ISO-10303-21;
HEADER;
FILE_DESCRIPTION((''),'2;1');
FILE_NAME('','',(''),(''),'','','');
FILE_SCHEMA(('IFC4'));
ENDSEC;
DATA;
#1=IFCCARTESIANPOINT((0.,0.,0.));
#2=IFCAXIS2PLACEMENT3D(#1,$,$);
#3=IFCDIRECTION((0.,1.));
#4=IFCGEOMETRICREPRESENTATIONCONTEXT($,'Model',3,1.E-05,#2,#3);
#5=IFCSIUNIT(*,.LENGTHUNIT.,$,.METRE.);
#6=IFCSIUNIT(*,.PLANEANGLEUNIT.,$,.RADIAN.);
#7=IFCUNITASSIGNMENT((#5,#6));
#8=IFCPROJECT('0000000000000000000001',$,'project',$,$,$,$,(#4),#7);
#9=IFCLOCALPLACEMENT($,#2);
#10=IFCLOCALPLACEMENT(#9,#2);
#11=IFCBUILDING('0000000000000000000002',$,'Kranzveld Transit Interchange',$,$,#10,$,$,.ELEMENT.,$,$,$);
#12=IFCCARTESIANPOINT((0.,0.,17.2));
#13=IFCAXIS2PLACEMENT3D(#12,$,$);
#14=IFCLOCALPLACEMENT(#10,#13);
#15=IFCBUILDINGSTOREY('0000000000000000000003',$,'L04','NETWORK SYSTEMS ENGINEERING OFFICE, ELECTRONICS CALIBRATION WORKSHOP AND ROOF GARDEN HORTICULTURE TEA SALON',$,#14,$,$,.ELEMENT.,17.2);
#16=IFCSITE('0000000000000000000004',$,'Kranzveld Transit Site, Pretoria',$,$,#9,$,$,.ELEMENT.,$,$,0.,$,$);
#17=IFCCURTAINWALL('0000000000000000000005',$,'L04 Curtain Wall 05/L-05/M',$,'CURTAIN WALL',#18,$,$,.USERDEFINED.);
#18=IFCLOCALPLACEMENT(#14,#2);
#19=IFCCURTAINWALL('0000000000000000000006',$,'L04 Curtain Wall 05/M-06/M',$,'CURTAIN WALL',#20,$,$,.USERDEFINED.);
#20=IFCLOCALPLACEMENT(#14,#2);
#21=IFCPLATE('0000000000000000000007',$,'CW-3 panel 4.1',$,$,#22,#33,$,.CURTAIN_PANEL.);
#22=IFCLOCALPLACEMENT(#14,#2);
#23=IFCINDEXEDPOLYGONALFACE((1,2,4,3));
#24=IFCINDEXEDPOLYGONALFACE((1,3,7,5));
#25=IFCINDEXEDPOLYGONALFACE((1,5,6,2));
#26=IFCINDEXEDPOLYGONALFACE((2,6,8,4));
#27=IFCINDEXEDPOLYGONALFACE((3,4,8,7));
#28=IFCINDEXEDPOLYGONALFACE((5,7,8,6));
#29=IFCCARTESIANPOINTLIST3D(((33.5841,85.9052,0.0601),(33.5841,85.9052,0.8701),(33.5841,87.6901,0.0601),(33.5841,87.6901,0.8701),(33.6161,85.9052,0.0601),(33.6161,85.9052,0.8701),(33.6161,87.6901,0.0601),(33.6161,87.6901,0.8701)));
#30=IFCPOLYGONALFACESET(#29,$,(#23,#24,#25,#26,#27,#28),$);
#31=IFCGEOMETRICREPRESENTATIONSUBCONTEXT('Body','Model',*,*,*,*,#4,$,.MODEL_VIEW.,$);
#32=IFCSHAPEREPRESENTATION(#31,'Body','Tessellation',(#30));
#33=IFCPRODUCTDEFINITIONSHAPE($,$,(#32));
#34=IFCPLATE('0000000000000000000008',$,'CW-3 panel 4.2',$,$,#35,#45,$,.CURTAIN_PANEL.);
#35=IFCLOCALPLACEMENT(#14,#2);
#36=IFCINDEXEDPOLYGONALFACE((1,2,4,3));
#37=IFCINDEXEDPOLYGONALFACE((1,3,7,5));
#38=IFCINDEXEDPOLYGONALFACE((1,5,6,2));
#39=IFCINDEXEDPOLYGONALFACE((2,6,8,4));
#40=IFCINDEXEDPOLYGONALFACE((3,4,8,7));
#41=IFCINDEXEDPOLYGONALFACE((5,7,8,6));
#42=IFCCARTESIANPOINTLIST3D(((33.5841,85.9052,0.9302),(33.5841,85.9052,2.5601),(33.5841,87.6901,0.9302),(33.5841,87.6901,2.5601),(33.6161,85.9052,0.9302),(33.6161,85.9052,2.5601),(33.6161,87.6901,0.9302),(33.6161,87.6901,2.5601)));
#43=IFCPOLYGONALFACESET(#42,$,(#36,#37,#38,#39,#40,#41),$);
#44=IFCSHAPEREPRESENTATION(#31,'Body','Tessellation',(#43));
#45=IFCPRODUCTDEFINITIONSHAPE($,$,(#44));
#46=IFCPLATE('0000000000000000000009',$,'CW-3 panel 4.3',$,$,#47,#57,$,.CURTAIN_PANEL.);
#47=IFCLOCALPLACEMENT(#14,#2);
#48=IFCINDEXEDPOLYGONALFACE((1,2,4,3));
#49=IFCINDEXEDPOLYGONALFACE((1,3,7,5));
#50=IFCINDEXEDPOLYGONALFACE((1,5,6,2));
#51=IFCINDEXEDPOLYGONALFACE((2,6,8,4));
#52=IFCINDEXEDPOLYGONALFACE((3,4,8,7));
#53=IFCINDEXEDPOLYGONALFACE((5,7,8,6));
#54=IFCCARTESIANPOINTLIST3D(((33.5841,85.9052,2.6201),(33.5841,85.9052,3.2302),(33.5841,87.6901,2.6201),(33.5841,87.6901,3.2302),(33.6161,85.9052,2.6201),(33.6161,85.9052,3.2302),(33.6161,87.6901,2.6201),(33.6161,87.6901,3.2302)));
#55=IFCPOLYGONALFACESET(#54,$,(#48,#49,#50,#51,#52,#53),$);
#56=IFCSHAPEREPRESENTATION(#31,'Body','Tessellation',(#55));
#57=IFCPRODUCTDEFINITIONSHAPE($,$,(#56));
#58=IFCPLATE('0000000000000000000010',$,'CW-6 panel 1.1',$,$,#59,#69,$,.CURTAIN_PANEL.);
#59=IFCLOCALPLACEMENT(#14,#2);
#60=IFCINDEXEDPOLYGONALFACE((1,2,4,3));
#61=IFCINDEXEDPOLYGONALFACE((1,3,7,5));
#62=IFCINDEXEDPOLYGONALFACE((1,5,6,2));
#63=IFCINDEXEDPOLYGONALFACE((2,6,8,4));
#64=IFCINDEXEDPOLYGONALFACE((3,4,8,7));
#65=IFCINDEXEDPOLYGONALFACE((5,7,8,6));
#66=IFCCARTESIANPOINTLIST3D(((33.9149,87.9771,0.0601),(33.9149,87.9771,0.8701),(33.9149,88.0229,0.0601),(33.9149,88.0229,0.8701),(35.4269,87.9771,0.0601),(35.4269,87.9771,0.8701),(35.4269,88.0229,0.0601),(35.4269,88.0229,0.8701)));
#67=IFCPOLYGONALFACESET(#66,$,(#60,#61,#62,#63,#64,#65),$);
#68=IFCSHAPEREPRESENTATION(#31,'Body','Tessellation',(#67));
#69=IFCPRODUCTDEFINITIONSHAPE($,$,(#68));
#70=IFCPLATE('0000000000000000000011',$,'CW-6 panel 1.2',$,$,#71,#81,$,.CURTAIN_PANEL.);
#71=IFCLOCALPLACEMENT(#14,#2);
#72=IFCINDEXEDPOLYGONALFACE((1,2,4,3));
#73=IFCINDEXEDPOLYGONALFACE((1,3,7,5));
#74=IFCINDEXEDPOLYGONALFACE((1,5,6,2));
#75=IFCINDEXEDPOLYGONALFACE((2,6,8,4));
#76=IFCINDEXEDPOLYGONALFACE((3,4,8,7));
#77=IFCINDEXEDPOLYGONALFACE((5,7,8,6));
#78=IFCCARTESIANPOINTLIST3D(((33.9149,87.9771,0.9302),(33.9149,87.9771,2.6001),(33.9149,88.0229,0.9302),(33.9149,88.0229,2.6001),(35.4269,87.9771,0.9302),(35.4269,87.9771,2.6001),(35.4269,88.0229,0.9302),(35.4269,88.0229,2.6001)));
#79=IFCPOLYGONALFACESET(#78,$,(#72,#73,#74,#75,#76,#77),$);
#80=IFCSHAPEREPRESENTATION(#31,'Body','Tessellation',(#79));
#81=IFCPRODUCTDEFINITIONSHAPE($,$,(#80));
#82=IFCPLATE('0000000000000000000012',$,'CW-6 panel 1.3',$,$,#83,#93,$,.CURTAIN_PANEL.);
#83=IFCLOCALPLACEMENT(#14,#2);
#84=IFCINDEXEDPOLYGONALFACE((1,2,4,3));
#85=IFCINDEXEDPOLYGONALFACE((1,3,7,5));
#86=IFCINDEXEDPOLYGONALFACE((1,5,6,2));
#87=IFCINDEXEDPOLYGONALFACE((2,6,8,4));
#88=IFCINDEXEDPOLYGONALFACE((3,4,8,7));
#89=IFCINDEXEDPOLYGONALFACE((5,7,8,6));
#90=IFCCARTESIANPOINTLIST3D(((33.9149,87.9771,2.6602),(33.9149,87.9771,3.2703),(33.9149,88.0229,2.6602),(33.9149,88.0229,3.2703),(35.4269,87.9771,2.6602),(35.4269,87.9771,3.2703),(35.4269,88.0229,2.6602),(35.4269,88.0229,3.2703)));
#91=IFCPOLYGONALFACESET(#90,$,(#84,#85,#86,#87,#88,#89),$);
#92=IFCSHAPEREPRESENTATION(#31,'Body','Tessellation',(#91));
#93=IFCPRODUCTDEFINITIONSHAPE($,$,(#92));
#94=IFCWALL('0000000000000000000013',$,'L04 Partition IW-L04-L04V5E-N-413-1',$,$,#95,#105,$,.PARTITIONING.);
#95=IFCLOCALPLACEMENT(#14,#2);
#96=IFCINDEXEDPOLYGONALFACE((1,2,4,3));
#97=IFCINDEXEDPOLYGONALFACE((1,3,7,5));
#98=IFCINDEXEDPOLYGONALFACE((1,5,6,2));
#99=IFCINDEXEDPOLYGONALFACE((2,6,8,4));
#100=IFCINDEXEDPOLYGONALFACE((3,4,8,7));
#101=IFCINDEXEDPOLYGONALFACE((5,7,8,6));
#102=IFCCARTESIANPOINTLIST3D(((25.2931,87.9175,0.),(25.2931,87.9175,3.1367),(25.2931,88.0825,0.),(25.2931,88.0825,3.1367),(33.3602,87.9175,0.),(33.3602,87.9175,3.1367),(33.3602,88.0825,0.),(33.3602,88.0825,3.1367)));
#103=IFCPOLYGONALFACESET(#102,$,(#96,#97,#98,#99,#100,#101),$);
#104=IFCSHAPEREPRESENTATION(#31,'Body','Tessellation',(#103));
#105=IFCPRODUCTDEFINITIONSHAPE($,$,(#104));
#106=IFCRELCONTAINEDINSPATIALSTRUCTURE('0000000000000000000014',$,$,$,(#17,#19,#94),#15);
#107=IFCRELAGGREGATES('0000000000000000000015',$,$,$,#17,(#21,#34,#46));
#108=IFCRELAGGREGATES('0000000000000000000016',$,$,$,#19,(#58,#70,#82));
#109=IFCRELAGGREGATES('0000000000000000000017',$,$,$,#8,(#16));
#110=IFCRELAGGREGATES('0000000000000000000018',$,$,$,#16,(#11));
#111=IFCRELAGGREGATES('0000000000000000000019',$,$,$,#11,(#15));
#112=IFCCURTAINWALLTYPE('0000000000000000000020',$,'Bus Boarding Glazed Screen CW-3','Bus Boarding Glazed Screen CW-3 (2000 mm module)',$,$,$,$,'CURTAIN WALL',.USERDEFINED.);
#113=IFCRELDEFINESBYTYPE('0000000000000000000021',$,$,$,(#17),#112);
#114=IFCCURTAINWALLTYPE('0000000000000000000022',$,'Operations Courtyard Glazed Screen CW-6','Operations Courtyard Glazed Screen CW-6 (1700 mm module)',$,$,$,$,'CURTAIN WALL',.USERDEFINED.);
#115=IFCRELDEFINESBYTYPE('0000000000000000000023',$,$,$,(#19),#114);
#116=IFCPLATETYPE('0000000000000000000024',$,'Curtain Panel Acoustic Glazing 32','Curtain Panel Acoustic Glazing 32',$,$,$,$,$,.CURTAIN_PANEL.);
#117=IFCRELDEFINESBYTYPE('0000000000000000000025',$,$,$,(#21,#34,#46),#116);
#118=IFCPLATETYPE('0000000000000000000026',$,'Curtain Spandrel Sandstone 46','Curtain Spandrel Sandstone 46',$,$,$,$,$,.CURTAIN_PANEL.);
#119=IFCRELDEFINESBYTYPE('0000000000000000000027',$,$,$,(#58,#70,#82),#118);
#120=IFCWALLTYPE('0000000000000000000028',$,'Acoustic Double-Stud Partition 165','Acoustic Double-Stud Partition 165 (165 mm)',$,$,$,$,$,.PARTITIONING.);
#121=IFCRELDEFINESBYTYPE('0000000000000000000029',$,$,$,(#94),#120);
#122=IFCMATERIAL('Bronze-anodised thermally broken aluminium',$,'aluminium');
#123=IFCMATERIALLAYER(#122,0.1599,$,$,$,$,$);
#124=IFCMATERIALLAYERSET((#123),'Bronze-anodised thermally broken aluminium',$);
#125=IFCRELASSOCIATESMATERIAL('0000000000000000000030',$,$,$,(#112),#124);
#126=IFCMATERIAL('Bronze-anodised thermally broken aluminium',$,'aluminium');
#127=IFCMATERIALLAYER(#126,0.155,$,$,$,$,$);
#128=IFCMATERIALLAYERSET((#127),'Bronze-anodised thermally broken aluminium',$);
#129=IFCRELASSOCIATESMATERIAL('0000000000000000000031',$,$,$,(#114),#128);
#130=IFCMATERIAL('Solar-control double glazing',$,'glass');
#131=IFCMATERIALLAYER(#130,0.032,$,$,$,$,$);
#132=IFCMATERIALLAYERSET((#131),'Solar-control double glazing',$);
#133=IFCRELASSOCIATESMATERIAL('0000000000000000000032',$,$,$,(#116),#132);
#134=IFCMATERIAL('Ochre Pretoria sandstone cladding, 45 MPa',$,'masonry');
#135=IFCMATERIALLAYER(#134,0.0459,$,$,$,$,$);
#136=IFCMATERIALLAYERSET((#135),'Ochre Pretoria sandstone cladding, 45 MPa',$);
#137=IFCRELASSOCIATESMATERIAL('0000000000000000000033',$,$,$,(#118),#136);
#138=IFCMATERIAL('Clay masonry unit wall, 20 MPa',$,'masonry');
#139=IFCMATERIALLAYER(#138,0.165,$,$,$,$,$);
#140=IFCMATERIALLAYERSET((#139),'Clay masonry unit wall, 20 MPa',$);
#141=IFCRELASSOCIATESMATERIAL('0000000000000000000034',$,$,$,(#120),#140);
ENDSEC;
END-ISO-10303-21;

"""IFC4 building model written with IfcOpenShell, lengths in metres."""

from ifc_helpers import new_model, si_unit, direction, frame, frame_2d, origin, origin_2d, place, context, subcontext, project, spatial, rectangle, extrude, material, layer, layer_set, type_object, element, aggregate, save


model = new_model("IFC4")

# Units and contexts
model_context = context("Model", 3, precision=1e-05, world=origin(), true_north=direction((0.0, 1.0)))
body_context = subcontext(model_context, "Body", "Model", "MODEL_VIEW")
ifc_project = project(units=[si_unit("LENGTHUNIT", "METRE"), si_unit("PLANEANGLEUNIT", "RADIAN")], contexts=[model_context])

# Site, building, storey
site_placement = place(None, origin())
site = spatial("IfcSite", under=ifc_project, at=site_placement, Name="Kranzveld Transit Site, Pretoria", CompositionType="ELEMENT", RefElevation=0.0)
building_placement = place(site_placement, origin())
building = spatial("IfcBuilding", under=site, at=building_placement, Name="Kranzveld Transit Interchange", CompositionType="ELEMENT")
storey_placement = place(building_placement, frame((0.0, 0.0, 17.2)))
storey = spatial("IfcBuildingStorey", under=building, at=storey_placement, Name="L04", Description="NETWORK SYSTEMS ENGINEERING OFFICE, ELECTRONICS CALIBRATION WORKSHOP AND ROOF GARDEN HORTICULTURE TEA SALON", CompositionType="ELEMENT", Elevation=17.2)

# Curtain wall
ifc_material_1 = material(Name="Bronze-anodised thermally broken aluminium", Category="aluminium")
ifc_layer_1 = layer(ifc_material_1, 0.1599)
ifc_layer_set_1 = layer_set([ifc_layer_1], Name="Bronze-anodised thermally broken aluminium")
curtain_wall_type_1 = type_object("IfcCurtainWallType", Name="Bus Boarding Glazed Screen CW-3", Description="Bus Boarding Glazed Screen CW-3 (2000 mm module)", ElementType="CURTAIN WALL", PredefinedType="USERDEFINED", material=ifc_layer_set_1)
curtain_wall_1_placement = place(storey_placement, origin())
curtain_wall_1 = element("IfcCurtainWall", 1, at=curtain_wall_1_placement, inside=storey, type_object=curtain_wall_type_1, Name="L04 Curtain Wall 05/L-05/M", ObjectType="CURTAIN WALL", PredefinedType="USERDEFINED")

# Curtain wall
ifc_material_2 = material(Name="Bronze-anodised thermally broken aluminium", Category="aluminium")
ifc_layer_2 = layer(ifc_material_2, 0.155)
ifc_layer_set_2 = layer_set([ifc_layer_2], Name="Bronze-anodised thermally broken aluminium")
curtain_wall_type_2 = type_object("IfcCurtainWallType", Name="Operations Courtyard Glazed Screen CW-6", Description="Operations Courtyard Glazed Screen CW-6 (1700 mm module)", ElementType="CURTAIN WALL", PredefinedType="USERDEFINED", material=ifc_layer_set_2)
curtain_wall_2_placement = place(storey_placement, origin())
curtain_wall_2 = element("IfcCurtainWall", 2, at=curtain_wall_2_placement, inside=storey, type_object=curtain_wall_type_2, Name="L04 Curtain Wall 05/M-06/M", ObjectType="CURTAIN WALL", PredefinedType="USERDEFINED")

# Plates
ifc_material_3 = material(Name="Solar-control double glazing", Category="glass")
ifc_layer_3 = layer(ifc_material_3, 0.032)
ifc_layer_set_3 = layer_set([ifc_layer_3], Name="Solar-control double glazing")
plate_type_1 = type_object("IfcPlateType", Name="Curtain Panel Acoustic Glazing 32", Description="Curtain Panel Acoustic Glazing 32", PredefinedType="CURTAIN_PANEL", material=ifc_layer_set_3)
plate_1_placement = place(storey_placement, frame((33.6001, 86.7976, 0.0601), z_axis=(0.0, 0.0, 1.0), x_axis=(0.0, 1.0, 0.0)))
plate_1 = element("IfcPlate", 3, at=plate_1_placement, type_object=plate_type_1, Name="CW-3 panel 4.1", PredefinedType="CURTAIN_PANEL", context=body_context, shape_type="SweptSolid", body=[
    extrude(rectangle(XDim=1.7849, YDim=0.032, at=origin_2d()), origin(), (0.0, 0.0, 1.0), 0.8101),
])
plate_2_placement = place(storey_placement, frame((33.6001, 86.7976, 0.9302), z_axis=(0.0, 0.0, 1.0), x_axis=(0.0, 1.0, 0.0)))
plate_2 = element("IfcPlate", 4, at=plate_2_placement, type_object=plate_type_1, Name="CW-3 panel 4.2", PredefinedType="CURTAIN_PANEL", context=body_context, shape_type="SweptSolid", body=[
    extrude(rectangle(XDim=1.7849, YDim=0.032, at=origin_2d()), origin(), (0.0, 0.0, 1.0), 1.6299),
])
plate_3_placement = place(storey_placement, frame((33.6001, 86.7976, 2.6201), z_axis=(0.0, 0.0, 1.0), x_axis=(0.0, 1.0, 0.0)))
plate_3 = element("IfcPlate", 5, at=plate_3_placement, type_object=plate_type_1, Name="CW-3 panel 4.3", PredefinedType="CURTAIN_PANEL", context=body_context, shape_type="SweptSolid", body=[
    extrude(rectangle(XDim=1.7849, YDim=0.032, at=origin_2d()), origin(), (0.0, 0.0, 1.0), 0.6101),
])
aggregate(curtain_wall_1, [plate_1, plate_2, plate_3])
ifc_material_4 = material(Name="Ochre Pretoria sandstone cladding, 45 MPa", Category="masonry")
ifc_layer_4 = layer(ifc_material_4, 0.0459)
ifc_layer_set_4 = layer_set([ifc_layer_4], Name="Ochre Pretoria sandstone cladding, 45 MPa")
plate_type_2 = type_object("IfcPlateType", Name="Curtain Spandrel Sandstone 46", Description="Curtain Spandrel Sandstone 46", PredefinedType="CURTAIN_PANEL", material=ifc_layer_set_4)
plate_4_placement = place(storey_placement, frame((34.6709, 88.0, 0.0601), z_axis=(0.0, 0.0, 1.0), x_axis=(1.0, 0.0, 0.0)))
plate_4 = element("IfcPlate", 6, at=plate_4_placement, type_object=plate_type_2, Name="CW-6 panel 1.1", PredefinedType="CURTAIN_PANEL", context=body_context, shape_type="SweptSolid", body=[
    extrude(rectangle(XDim=1.512, YDim=0.0459, at=origin_2d()), origin(), (0.0, 0.0, 1.0), 0.8101),
])
plate_5_placement = place(storey_placement, frame((34.6709, 88.0, 0.9302), z_axis=(0.0, 0.0, 1.0), x_axis=(1.0, 0.0, 0.0)))
plate_5 = element("IfcPlate", 7, at=plate_5_placement, type_object=plate_type_2, Name="CW-6 panel 1.2", PredefinedType="CURTAIN_PANEL", context=body_context, shape_type="SweptSolid", body=[
    extrude(rectangle(XDim=1.512, YDim=0.0459, at=origin_2d()), origin(), (0.0, 0.0, 1.0), 1.6699),
])
plate_6_placement = place(storey_placement, frame((34.6709, 88.0, 2.6602), z_axis=(0.0, 0.0, 1.0), x_axis=(1.0, 0.0, 0.0)))
plate_6 = element("IfcPlate", 8, at=plate_6_placement, type_object=plate_type_2, Name="CW-6 panel 1.3", PredefinedType="CURTAIN_PANEL", context=body_context, shape_type="SweptSolid", body=[
    extrude(rectangle(XDim=1.512, YDim=0.0459, at=origin_2d()), origin(), (0.0, 0.0, 1.0), 0.6101),
])
aggregate(curtain_wall_2, [plate_4, plate_5, plate_6])

# Wall
ifc_material_5 = material(Name="Clay masonry unit wall, 20 MPa", Category="masonry")
ifc_layer_5 = layer(ifc_material_5, 0.165)
ifc_layer_set_5 = layer_set([ifc_layer_5], Name="Clay masonry unit wall, 20 MPa")
wall_type = type_object("IfcWallType", Name="Acoustic Double-Stud Partition 165", Description="Acoustic Double-Stud Partition 165 (165 mm)", PredefinedType="PARTITIONING", material=ifc_layer_set_5)
wall_placement = place(storey_placement, frame((25.293, 88.0, 0.0), z_axis=(0.0, 0.0, 1.0), x_axis=(1.0, 0.0, 0.0)))
element("IfcWall", 9, at=wall_placement, inside=storey, type_object=wall_type, Name="L04 Partition IW-L04-L04V5E-N-413-1", PredefinedType="PARTITIONING", context=body_context, shape_type="SweptSolid", body=[
    extrude(rectangle(XDim=8.0671, YDim=0.165, at=frame_2d((4.0337, 0.0))), origin(), (0.0, 0.0, 1.0), 3.1367),
])

save(model, "model.ifc")
